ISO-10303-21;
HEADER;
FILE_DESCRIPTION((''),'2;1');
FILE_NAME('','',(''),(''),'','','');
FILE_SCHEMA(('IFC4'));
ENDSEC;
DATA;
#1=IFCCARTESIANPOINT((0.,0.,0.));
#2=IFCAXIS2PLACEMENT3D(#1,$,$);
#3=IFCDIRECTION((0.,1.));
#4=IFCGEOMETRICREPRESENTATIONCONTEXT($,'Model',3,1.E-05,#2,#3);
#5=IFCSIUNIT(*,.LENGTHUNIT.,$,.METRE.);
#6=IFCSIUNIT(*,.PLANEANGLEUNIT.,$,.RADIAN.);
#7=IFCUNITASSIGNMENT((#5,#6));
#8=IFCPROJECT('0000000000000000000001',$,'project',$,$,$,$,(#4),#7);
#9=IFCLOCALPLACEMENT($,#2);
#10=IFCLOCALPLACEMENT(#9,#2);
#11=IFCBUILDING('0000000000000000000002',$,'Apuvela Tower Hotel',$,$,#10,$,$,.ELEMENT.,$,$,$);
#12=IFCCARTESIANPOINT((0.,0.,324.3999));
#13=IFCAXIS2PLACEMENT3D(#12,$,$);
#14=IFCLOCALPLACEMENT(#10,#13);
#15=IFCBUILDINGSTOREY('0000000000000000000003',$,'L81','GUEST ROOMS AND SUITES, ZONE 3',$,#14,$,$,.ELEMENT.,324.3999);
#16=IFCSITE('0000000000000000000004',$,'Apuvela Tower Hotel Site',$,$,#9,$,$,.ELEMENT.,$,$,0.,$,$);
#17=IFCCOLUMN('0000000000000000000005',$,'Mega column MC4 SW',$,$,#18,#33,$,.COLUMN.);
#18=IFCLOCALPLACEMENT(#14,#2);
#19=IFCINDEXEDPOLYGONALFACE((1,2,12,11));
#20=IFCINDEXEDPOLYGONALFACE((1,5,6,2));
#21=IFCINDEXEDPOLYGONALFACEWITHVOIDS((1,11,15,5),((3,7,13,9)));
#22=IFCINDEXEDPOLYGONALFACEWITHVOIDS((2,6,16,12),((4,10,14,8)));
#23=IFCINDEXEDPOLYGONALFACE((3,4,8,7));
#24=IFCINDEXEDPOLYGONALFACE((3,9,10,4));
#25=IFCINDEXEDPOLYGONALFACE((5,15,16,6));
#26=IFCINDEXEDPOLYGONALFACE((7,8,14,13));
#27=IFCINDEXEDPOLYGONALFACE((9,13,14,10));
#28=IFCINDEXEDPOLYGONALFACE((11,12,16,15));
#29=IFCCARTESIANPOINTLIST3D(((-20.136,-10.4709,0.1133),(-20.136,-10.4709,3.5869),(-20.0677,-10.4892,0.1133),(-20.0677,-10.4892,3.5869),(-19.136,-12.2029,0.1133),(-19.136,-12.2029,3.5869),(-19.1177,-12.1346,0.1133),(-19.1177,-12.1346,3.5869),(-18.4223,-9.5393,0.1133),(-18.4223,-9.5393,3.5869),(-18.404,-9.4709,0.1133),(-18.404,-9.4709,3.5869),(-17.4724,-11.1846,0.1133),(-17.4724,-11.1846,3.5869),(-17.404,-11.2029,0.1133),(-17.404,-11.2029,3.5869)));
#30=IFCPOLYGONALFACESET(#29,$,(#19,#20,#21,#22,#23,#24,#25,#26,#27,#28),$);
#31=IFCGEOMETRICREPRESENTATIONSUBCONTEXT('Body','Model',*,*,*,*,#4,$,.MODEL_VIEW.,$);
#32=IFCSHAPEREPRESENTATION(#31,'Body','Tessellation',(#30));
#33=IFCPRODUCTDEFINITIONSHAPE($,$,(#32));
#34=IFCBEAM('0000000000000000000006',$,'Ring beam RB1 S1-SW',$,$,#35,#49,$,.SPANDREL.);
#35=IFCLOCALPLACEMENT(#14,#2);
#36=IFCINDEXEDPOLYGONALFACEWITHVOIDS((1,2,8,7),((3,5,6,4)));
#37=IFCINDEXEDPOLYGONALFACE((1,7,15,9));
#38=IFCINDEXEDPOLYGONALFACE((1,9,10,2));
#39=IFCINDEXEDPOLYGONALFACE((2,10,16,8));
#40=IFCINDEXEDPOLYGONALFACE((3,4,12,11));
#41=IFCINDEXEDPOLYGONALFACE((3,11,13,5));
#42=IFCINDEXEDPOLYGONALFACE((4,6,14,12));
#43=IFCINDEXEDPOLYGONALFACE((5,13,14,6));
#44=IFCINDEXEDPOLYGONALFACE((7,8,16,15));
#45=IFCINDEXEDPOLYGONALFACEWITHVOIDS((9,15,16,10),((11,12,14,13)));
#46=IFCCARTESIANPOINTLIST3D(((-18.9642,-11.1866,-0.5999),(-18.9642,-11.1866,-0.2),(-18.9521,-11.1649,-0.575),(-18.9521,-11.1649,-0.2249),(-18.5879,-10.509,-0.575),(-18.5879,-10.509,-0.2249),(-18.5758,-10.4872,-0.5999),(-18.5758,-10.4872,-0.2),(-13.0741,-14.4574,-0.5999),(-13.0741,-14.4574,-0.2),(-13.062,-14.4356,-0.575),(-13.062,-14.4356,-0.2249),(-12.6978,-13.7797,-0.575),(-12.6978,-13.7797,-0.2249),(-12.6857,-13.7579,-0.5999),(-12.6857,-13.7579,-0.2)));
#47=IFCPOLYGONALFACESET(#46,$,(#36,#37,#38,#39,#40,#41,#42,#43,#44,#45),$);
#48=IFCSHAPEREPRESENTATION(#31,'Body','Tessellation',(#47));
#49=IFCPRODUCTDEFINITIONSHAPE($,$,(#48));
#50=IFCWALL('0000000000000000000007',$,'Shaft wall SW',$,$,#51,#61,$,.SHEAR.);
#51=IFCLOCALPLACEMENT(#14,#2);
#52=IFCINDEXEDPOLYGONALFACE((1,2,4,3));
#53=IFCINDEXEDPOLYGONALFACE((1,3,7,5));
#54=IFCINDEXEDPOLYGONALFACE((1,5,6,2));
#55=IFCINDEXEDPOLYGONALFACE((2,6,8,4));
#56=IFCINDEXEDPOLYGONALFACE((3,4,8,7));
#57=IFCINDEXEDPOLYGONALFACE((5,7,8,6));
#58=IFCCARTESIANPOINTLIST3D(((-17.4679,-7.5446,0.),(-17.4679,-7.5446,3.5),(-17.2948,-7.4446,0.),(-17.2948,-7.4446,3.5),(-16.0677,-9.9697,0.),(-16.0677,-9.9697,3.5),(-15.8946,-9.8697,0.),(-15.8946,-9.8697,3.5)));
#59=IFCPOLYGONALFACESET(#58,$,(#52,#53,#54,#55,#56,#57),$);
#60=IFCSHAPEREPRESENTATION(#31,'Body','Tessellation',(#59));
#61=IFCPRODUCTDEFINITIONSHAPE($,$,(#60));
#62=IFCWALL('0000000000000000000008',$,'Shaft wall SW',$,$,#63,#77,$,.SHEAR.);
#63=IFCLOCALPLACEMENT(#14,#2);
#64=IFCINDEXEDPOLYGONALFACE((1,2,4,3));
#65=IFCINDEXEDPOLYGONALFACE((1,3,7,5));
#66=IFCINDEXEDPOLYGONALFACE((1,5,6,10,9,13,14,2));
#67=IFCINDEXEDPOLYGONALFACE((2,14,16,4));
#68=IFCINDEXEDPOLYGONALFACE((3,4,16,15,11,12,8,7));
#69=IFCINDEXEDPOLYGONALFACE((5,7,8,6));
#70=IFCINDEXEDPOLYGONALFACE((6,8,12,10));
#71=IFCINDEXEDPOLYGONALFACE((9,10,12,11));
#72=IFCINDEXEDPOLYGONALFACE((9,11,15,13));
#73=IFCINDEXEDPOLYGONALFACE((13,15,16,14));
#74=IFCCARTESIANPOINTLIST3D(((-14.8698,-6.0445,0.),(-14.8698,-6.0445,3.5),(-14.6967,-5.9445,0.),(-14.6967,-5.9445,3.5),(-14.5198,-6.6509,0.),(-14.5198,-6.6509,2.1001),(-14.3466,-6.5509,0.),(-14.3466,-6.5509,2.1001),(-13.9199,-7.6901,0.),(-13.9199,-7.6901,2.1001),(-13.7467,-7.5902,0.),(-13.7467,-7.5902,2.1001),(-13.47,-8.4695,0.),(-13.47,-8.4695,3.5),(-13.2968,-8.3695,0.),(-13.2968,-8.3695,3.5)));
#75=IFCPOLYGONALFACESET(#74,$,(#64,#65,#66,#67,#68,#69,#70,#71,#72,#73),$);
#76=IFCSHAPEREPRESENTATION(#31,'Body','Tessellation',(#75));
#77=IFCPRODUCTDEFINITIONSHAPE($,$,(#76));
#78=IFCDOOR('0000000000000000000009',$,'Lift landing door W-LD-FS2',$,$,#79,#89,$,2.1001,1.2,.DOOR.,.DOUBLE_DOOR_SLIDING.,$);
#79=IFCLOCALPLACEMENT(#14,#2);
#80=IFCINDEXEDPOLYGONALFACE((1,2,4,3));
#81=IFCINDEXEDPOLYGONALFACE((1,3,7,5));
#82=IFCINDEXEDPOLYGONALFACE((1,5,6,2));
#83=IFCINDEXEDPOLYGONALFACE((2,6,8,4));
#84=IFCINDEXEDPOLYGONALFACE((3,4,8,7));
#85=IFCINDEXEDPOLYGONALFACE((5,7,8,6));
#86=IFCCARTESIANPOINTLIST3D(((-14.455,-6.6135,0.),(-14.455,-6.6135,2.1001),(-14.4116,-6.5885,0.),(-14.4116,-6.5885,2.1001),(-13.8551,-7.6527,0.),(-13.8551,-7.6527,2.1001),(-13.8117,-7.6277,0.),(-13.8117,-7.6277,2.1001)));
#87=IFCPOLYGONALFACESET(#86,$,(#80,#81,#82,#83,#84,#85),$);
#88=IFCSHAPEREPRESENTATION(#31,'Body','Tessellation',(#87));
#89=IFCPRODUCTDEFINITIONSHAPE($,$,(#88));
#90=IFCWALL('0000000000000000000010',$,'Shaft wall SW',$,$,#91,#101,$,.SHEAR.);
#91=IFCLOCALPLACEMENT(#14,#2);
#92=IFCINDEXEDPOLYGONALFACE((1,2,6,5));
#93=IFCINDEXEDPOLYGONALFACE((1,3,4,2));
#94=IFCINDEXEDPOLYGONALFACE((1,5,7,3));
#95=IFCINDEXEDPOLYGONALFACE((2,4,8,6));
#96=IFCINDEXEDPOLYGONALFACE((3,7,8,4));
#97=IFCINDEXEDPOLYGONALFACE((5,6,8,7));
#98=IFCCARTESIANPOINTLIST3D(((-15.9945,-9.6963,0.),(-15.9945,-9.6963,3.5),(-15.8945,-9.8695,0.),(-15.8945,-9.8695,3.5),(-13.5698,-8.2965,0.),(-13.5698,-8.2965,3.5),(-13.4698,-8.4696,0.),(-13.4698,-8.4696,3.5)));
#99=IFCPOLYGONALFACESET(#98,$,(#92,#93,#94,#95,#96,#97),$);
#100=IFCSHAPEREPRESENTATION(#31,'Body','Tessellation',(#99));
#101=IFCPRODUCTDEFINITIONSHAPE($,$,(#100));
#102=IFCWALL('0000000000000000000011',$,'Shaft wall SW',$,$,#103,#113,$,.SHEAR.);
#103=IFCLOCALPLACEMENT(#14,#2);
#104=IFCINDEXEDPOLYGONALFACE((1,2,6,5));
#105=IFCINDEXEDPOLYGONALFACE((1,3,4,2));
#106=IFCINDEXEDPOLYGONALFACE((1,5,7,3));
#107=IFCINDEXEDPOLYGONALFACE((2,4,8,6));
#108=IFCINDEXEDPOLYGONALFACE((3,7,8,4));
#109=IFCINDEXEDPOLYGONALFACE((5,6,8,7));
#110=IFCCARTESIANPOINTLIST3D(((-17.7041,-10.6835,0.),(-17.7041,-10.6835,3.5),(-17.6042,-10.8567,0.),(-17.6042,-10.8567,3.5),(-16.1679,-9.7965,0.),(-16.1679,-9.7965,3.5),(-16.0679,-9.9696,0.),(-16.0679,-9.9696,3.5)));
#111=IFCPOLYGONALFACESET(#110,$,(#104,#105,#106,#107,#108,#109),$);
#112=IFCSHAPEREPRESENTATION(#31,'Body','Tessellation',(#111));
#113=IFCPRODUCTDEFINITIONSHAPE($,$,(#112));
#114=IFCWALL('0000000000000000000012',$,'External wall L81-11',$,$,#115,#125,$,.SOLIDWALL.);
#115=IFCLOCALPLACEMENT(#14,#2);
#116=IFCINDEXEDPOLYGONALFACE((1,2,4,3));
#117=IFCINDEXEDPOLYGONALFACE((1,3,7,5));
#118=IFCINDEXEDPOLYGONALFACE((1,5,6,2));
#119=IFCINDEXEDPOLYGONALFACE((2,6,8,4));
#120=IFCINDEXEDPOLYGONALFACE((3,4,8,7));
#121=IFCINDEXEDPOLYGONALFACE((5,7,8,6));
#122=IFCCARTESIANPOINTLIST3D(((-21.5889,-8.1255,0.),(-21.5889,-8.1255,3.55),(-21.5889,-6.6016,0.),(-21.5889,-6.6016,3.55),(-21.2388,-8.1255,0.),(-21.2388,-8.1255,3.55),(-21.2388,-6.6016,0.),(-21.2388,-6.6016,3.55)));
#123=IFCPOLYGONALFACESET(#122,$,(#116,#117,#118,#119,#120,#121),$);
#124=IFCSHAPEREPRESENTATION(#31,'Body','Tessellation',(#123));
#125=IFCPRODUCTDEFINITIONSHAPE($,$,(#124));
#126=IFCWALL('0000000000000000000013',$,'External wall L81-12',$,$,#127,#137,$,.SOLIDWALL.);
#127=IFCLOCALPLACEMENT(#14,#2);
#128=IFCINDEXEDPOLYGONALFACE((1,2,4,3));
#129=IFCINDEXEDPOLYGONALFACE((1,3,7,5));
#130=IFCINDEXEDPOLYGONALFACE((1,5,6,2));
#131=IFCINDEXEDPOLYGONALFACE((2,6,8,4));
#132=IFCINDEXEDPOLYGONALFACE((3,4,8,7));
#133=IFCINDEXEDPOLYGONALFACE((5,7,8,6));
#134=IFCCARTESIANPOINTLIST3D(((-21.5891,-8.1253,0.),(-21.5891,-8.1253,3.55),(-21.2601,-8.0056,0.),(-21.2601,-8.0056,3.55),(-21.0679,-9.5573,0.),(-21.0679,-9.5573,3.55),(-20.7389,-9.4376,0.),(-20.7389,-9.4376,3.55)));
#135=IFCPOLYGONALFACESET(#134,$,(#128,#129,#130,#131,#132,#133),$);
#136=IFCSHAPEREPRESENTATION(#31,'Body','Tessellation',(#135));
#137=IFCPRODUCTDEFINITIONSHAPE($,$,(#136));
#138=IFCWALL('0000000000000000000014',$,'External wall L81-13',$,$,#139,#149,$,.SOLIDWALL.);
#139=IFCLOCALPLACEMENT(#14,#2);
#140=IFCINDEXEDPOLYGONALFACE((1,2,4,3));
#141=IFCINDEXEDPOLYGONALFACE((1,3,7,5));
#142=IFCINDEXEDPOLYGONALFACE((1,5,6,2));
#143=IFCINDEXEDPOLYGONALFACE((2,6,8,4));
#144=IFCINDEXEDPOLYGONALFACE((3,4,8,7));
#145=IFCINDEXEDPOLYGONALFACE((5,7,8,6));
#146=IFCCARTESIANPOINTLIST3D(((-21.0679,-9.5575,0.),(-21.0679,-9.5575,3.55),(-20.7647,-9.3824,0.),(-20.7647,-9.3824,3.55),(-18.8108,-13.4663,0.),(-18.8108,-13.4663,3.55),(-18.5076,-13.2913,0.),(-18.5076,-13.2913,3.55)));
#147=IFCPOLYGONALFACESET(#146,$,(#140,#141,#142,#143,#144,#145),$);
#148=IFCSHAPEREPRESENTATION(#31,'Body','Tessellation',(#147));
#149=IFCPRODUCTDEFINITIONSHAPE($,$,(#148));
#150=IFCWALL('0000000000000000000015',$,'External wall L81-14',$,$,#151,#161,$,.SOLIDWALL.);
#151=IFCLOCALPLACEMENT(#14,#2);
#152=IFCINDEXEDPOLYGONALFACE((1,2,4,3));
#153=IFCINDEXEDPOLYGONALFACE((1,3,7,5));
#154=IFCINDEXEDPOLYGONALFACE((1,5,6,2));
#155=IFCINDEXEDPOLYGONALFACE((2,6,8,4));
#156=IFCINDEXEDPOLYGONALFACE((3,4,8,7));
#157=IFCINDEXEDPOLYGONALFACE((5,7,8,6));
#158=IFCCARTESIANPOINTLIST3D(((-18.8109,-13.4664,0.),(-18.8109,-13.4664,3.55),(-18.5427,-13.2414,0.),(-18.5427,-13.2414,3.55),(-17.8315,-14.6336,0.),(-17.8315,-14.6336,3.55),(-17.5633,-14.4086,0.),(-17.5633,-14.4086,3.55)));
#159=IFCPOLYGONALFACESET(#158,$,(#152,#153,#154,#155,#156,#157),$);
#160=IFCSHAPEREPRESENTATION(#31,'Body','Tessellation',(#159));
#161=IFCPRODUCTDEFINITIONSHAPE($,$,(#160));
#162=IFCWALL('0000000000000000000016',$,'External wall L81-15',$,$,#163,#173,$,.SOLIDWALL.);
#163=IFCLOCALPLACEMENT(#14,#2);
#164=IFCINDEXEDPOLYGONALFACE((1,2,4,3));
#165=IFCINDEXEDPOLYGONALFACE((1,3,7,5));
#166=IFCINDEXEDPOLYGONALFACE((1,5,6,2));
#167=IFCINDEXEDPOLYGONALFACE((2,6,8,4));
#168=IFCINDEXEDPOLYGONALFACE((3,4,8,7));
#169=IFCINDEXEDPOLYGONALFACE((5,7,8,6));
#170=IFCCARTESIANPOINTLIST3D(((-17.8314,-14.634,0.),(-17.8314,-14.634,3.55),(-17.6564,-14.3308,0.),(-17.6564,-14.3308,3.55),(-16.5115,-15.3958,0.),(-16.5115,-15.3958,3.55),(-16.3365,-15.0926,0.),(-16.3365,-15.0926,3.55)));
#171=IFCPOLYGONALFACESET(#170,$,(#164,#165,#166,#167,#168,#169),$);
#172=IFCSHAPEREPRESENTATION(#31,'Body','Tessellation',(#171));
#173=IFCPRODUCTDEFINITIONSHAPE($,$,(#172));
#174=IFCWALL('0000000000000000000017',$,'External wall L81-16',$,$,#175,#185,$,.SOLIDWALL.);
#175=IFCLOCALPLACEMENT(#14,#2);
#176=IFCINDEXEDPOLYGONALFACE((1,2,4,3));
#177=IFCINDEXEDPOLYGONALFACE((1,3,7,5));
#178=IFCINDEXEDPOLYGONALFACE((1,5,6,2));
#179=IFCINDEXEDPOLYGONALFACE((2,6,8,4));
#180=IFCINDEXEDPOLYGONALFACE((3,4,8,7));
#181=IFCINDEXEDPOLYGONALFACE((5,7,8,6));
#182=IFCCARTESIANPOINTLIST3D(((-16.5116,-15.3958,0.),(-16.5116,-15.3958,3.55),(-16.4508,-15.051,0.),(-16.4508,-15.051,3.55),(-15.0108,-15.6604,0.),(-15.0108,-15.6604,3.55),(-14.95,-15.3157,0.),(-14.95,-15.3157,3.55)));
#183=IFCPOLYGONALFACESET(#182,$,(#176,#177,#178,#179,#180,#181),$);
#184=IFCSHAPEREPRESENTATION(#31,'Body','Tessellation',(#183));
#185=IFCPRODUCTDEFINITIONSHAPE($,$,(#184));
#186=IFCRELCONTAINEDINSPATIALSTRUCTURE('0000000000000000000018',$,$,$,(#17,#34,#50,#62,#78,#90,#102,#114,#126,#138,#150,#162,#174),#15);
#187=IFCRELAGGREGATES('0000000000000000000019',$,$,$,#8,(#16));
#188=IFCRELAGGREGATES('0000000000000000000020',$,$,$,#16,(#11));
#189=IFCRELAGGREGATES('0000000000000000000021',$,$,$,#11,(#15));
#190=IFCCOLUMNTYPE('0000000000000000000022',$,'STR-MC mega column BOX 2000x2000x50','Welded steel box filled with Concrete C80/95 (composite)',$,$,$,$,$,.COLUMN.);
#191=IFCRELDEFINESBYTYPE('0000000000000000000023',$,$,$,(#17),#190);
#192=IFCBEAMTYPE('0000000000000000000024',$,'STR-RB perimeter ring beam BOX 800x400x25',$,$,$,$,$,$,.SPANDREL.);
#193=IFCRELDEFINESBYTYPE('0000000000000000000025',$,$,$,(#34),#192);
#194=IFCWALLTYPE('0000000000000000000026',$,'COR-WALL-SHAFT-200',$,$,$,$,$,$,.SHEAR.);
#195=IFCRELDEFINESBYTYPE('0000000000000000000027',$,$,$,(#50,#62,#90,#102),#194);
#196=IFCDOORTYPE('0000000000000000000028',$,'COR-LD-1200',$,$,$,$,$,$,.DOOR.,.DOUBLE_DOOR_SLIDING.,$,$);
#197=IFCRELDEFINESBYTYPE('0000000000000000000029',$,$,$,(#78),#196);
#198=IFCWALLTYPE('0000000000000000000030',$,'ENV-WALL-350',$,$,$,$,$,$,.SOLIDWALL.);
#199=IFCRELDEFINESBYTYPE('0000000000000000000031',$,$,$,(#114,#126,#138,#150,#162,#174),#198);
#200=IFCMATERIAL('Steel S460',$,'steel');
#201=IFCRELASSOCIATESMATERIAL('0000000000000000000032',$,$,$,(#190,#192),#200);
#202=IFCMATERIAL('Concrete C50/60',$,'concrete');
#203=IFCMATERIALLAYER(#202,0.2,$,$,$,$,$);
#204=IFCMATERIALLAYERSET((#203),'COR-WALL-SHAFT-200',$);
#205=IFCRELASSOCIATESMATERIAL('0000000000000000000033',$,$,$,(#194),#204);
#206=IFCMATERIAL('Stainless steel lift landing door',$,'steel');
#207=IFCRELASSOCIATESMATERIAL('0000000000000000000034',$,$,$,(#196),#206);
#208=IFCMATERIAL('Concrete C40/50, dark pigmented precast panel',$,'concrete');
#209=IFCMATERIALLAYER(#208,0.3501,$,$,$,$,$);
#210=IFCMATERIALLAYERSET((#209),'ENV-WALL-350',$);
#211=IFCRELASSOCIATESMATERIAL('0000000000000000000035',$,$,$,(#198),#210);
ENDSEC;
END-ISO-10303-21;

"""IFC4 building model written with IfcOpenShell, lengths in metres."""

from ifc_helpers import new_model, si_unit, direction, frame, frame_2d, origin, origin_2d, place, context, subcontext, project, spatial, rectangle, hollow_rectangle, extrude, boolean, halfspace, material, layer, layer_set, material_profile, profile_set, type_object, element, fill, save


model = new_model("IFC4")

# Units and contexts
model_context = context("Model", 3, precision=1e-05, world=origin(), true_north=direction((0.0, 1.0)))
body_context = subcontext(model_context, "Body", "Model", "MODEL_VIEW")
ifc_project = project(units=[si_unit("LENGTHUNIT", "METRE"), si_unit("PLANEANGLEUNIT", "RADIAN")], contexts=[model_context])

# Site, building, storey
site_placement = place(None, origin())
site = spatial("IfcSite", under=ifc_project, at=site_placement, Name="Apuvela Tower Hotel Site", CompositionType="ELEMENT", RefElevation=0.0)
building_placement = place(site_placement, origin())
building = spatial("IfcBuilding", under=site, at=building_placement, Name="Apuvela Tower Hotel", CompositionType="ELEMENT")
storey_placement = place(building_placement, frame((0.0, 0.0, 324.3999)))
storey = spatial("IfcBuildingStorey", under=building, at=storey_placement, Name="L81", Description="GUEST ROOMS AND SUITES, ZONE 3", CompositionType="ELEMENT", Elevation=324.3999)

# Column
ifc_material_1 = material(Name="Steel S460", Category="steel")
ifc_material_profile_1 = material_profile(ifc_material_1, hollow_rectangle(XDim=2.0, YDim=2.0, WallThickness=0.05, at=origin_2d()), Name="BOX 2000x2000x50")
ifc_material_2 = material(Name="Concrete C80/95", Category="concrete")
ifc_material_profile_2 = material_profile(ifc_material_2, rectangle(XDim=1.8999, YDim=1.8999, at=origin_2d()), Name="Concrete C80/95 infill")
ifc_profile_set_1 = profile_set([ifc_material_profile_1, ifc_material_profile_2], Name="Steel S460")
column_type = type_object("IfcColumnType", Name="STR-MC mega column BOX 2000x2000x50", Description="Welded steel box filled with Concrete C80/95 (composite)", PredefinedType="COLUMN", material=ifc_profile_set_1)
column_placement = place(storey_placement, frame((-18.77, -10.8369, 0.0), z_axis=(0.0, 0.0, 1.0), x_axis=(-0.5, 0.866025, 0.0)))
element("IfcColumn", 1, at=column_placement, inside=storey, type_object=column_type, Name="Mega column MC4 SW", PredefinedType="COLUMN", context=body_context, shape_type="SweptSolid", body=[
    boolean("DIFFERENCE", boolean("DIFFERENCE", extrude(hollow_rectangle(XDim=2.0, YDim=2.0, WallThickness=0.05, at=origin_2d()), origin(), (0.0, 0.0, 1.0), 3.7002), halfspace(frame((0.0, 0.0, 0.1133), z_axis=(0.0, 0.0, 1.0), x_axis=(1.0, 0.0, 0.0)), True)), halfspace(frame((0.0, 0.0, 3.5869), z_axis=(0.0, 0.0, 1.0), x_axis=(1.0, 0.0, 0.0)), False)),
])

# Beam
ifc_material_profile_3 = material_profile(ifc_material_1, hollow_rectangle(XDim=0.8, YDim=0.3999, WallThickness=0.0249, at=origin_2d()), Name="BOX 800x400x25")
ifc_profile_set_2 = profile_set([ifc_material_profile_3], Name="Steel S460")
beam_type = type_object("IfcBeamType", Name="STR-RB perimeter ring beam BOX 800x400x25", PredefinedType="SPANDREL", material=ifc_profile_set_2)
beam_placement = place(storey_placement, frame((-12.8799, -14.1077, -0.3999), z_axis=(-0.874255, 0.485468, 0.0), x_axis=(-0.485468, -0.874255, 0.0)))
element("IfcBeam", 2, at=beam_placement, inside=storey, type_object=beam_type, Name="Ring beam RB1 S1-SW", PredefinedType="SPANDREL", context=body_context, shape_type="SweptSolid", body=[
    extrude(hollow_rectangle(XDim=0.8, YDim=0.3999, WallThickness=0.0249, at=origin_2d()), origin(), (0.0, 0.0, 1.0), 6.7373),
])

# Wall
ifc_material_3 = material(Name="Concrete C50/60", Category="concrete")
ifc_layer_1 = layer(ifc_material_3, 0.2)
ifc_layer_set_1 = layer_set([ifc_layer_1], Name="COR-WALL-SHAFT-200")
wall_type_1 = type_object("IfcWallType", Name="COR-WALL-SHAFT-200", PredefinedType="SHEAR", material=ifc_layer_set_1)
wall_1_placement = place(storey_placement, frame((-17.3813, -7.4946, 0.0), z_axis=(0.0, 0.0, 1.0), x_axis=(0.500012, -0.866019, 0.0)))
element("IfcWall", 3, at=wall_1_placement, inside=storey, type_object=wall_type_1, Name="Shaft wall SW", PredefinedType="SHEAR", context=body_context, shape_type="SweptSolid", body=[
    extrude(rectangle(XDim=2.8003, YDim=0.2, at=frame_2d((1.4001, 0.0))), origin(), (0.0, 0.0, 1.0), 3.5),
])

# Wall, opening, door
wall_2_placement = place(storey_placement, frame((-14.7832, -5.9946, 0.0), z_axis=(0.0, 0.0, 1.0), x_axis=(0.499946, -0.866056, 0.0)))
wall_2 = element("IfcWall", 4, at=wall_2_placement, inside=storey, type_object=wall_type_1, Name="Shaft wall SW", PredefinedType="SHEAR", context=body_context, shape_type="SweptSolid", body=[
    extrude(rectangle(XDim=2.8, YDim=0.2, at=frame_2d((1.3999, 0.0))), origin(), (0.0, 0.0, 1.0), 3.5),
])
opening_1_placement = place(wall_2_placement, frame((0.7, 0.0, 0.0)))
opening_1 = element("IfcOpeningElement", 5, at=opening_1_placement, cuts=wall_2, PredefinedType="OPENING", context=body_context, shape_type="SweptSolid", body=[
    extrude(rectangle(XDim=1.2, YDim=2.1001, at=frame_2d((0.6001, 1.05))), frame((0.0, 0.1099, 0.0), z_axis=(0.0, -1.0, 0.0), x_axis=(1.0, 0.0, 0.0)), (0.0, 0.0, 1.0), 0.22),
])
ifc_material_4 = material(Name="Stainless steel lift landing door", Category="steel")
door_type_1 = type_object("IfcDoorType", Name="COR-LD-1200", OperationType="DOUBLE_DOOR_SLIDING", PredefinedType="DOOR", material=ifc_material_4)
door_1_placement = place(opening_1_placement, origin())
door_1 = element("IfcDoor", 6, at=door_1_placement, inside=storey, type_object=door_type_1, Name="Lift landing door W-LD-FS2", OperationType="DOUBLE_DOOR_SLIDING", OverallHeight=2.1001, OverallWidth=1.2, PredefinedType="DOOR", context=body_context, shape_type="SweptSolid", body=[
    extrude(rectangle(XDim=1.2, YDim=2.1001, at=frame_2d((0.6001, 1.05))), frame((0.0, 0.0249, 0.0), z_axis=(0.0, -1.0, 0.0), x_axis=(1.0, 0.0, 0.0)), (0.0, 0.0, 1.0), 0.05),
])
fill(opening_1, door_1)

# Walls
wall_3_placement = place(storey_placement, frame((-13.5198, -8.3831, 0.0), z_axis=(0.0, 0.0, 1.0), x_axis=(-0.866035, -0.499984, 0.0)))
element("IfcWall", 7, at=wall_3_placement, inside=storey, type_object=wall_type_1, Name="Shaft wall SW", PredefinedType="SHEAR", context=body_context, shape_type="SweptSolid", body=[
    extrude(rectangle(XDim=2.7998, YDim=0.2, at=frame_2d((1.3999, 0.0))), origin(), (0.0, 0.0, 1.0), 3.5),
])
wall_4_placement = place(storey_placement, frame((-16.1179, -9.8831, 0.0), z_axis=(0.0, 0.0, 1.0), x_axis=(-0.866007, -0.500032, 0.0)))
element("IfcWall", 8, at=wall_4_placement, inside=storey, type_object=wall_type_1, Name="Shaft wall SW", PredefinedType="SHEAR", context=body_context, shape_type="SweptSolid", body=[
    extrude(rectangle(XDim=1.7739, YDim=0.2, at=frame_2d((0.887, 0.0))), origin(), (0.0, 0.0, 1.0), 3.5),
])
ifc_material_5 = material(Name="Concrete C40/50, dark pigmented precast panel", Category="concrete")
ifc_layer_2 = layer(ifc_material_5, 0.3501)
ifc_layer_set_2 = layer_set([ifc_layer_2], Name="ENV-WALL-350")
wall_type_2 = type_object("IfcWallType", Name="ENV-WALL-350", PredefinedType="SOLIDWALL", material=ifc_layer_set_2)
for number, where, z_axis, x_axis, name in (
    (9, (-21.4138, -6.6016, 0.0), (0.0, 0.0, 1.0), (0.0, -1.0, 0.0), "External wall L81-11"),
    (10, (-21.4246, -8.0654, 0.0), (0.0, 0.0, 1.0), (0.342013, -0.939695, 0.0), "External wall L81-12"),
):
    element("IfcWall", number, at=place(storey_placement, frame(where, z_axis=z_axis, x_axis=x_axis)), inside=storey, type_object=wall_type_2, Name=name, PredefinedType="SOLIDWALL", context=body_context, shape_type="SweptSolid", body=[
        extrude(rectangle(XDim=1.5239, YDim=0.3501, at=frame_2d((0.762, 0.0))), origin(), (0.0, 0.0, 1.0), 3.55),
    ])
wall_5_placement = place(storey_placement, frame((-20.9163, -9.47, 0.0), z_axis=(0.0, 0.0, 1.0), x_axis=(0.500042, -0.866001, 0.0)))
element("IfcWall", 11, at=wall_5_placement, inside=storey, type_object=wall_type_2, Name="External wall L81-13", PredefinedType="SOLIDWALL", context=body_context, shape_type="SweptSolid", body=[
    extrude(rectangle(XDim=4.5137, YDim=0.3501, at=frame_2d((2.2568, 0.0))), origin(), (0.0, 0.0, 1.0), 3.55),
])
wall_6_placement = place(storey_placement, frame((-18.6768, -13.354, 0.0), z_axis=(0.0, 0.0, 1.0), x_axis=(0.642812, -0.766024, 0.0)))
element("IfcWall", 12, at=wall_6_placement, inside=storey, type_object=wall_type_2, Name="External wall L81-14", PredefinedType="SOLIDWALL", context=body_context, shape_type="SweptSolid", body=[
    extrude(rectangle(XDim=1.5237, YDim=0.3501, at=frame_2d((0.7617, 0.0))), origin(), (0.0, 0.0, 1.0), 3.55),
])
for number, where, z_axis, x_axis, name in (
    (13, (-17.7439, -14.4824, 0.0), (0.0, 0.0, 1.0), (0.866106, -0.499861, 0.0), "External wall L81-15"),
    (14, (-16.4812, -15.2234, 0.0), (0.0, 0.0, 1.0), (0.984805, -0.173667, 0.0), "External wall L81-16"),
):
    element("IfcWall", number, at=place(storey_placement, frame(where, z_axis=z_axis, x_axis=x_axis)), inside=storey, type_object=wall_type_2, Name=name, PredefinedType="SOLIDWALL", context=body_context, shape_type="SweptSolid", body=[
        extrude(rectangle(XDim=1.5239, YDim=0.3501, at=frame_2d((0.762, 0.0))), origin(), (0.0, 0.0, 1.0), 3.55),
    ])

save(model, "model.ifc")
